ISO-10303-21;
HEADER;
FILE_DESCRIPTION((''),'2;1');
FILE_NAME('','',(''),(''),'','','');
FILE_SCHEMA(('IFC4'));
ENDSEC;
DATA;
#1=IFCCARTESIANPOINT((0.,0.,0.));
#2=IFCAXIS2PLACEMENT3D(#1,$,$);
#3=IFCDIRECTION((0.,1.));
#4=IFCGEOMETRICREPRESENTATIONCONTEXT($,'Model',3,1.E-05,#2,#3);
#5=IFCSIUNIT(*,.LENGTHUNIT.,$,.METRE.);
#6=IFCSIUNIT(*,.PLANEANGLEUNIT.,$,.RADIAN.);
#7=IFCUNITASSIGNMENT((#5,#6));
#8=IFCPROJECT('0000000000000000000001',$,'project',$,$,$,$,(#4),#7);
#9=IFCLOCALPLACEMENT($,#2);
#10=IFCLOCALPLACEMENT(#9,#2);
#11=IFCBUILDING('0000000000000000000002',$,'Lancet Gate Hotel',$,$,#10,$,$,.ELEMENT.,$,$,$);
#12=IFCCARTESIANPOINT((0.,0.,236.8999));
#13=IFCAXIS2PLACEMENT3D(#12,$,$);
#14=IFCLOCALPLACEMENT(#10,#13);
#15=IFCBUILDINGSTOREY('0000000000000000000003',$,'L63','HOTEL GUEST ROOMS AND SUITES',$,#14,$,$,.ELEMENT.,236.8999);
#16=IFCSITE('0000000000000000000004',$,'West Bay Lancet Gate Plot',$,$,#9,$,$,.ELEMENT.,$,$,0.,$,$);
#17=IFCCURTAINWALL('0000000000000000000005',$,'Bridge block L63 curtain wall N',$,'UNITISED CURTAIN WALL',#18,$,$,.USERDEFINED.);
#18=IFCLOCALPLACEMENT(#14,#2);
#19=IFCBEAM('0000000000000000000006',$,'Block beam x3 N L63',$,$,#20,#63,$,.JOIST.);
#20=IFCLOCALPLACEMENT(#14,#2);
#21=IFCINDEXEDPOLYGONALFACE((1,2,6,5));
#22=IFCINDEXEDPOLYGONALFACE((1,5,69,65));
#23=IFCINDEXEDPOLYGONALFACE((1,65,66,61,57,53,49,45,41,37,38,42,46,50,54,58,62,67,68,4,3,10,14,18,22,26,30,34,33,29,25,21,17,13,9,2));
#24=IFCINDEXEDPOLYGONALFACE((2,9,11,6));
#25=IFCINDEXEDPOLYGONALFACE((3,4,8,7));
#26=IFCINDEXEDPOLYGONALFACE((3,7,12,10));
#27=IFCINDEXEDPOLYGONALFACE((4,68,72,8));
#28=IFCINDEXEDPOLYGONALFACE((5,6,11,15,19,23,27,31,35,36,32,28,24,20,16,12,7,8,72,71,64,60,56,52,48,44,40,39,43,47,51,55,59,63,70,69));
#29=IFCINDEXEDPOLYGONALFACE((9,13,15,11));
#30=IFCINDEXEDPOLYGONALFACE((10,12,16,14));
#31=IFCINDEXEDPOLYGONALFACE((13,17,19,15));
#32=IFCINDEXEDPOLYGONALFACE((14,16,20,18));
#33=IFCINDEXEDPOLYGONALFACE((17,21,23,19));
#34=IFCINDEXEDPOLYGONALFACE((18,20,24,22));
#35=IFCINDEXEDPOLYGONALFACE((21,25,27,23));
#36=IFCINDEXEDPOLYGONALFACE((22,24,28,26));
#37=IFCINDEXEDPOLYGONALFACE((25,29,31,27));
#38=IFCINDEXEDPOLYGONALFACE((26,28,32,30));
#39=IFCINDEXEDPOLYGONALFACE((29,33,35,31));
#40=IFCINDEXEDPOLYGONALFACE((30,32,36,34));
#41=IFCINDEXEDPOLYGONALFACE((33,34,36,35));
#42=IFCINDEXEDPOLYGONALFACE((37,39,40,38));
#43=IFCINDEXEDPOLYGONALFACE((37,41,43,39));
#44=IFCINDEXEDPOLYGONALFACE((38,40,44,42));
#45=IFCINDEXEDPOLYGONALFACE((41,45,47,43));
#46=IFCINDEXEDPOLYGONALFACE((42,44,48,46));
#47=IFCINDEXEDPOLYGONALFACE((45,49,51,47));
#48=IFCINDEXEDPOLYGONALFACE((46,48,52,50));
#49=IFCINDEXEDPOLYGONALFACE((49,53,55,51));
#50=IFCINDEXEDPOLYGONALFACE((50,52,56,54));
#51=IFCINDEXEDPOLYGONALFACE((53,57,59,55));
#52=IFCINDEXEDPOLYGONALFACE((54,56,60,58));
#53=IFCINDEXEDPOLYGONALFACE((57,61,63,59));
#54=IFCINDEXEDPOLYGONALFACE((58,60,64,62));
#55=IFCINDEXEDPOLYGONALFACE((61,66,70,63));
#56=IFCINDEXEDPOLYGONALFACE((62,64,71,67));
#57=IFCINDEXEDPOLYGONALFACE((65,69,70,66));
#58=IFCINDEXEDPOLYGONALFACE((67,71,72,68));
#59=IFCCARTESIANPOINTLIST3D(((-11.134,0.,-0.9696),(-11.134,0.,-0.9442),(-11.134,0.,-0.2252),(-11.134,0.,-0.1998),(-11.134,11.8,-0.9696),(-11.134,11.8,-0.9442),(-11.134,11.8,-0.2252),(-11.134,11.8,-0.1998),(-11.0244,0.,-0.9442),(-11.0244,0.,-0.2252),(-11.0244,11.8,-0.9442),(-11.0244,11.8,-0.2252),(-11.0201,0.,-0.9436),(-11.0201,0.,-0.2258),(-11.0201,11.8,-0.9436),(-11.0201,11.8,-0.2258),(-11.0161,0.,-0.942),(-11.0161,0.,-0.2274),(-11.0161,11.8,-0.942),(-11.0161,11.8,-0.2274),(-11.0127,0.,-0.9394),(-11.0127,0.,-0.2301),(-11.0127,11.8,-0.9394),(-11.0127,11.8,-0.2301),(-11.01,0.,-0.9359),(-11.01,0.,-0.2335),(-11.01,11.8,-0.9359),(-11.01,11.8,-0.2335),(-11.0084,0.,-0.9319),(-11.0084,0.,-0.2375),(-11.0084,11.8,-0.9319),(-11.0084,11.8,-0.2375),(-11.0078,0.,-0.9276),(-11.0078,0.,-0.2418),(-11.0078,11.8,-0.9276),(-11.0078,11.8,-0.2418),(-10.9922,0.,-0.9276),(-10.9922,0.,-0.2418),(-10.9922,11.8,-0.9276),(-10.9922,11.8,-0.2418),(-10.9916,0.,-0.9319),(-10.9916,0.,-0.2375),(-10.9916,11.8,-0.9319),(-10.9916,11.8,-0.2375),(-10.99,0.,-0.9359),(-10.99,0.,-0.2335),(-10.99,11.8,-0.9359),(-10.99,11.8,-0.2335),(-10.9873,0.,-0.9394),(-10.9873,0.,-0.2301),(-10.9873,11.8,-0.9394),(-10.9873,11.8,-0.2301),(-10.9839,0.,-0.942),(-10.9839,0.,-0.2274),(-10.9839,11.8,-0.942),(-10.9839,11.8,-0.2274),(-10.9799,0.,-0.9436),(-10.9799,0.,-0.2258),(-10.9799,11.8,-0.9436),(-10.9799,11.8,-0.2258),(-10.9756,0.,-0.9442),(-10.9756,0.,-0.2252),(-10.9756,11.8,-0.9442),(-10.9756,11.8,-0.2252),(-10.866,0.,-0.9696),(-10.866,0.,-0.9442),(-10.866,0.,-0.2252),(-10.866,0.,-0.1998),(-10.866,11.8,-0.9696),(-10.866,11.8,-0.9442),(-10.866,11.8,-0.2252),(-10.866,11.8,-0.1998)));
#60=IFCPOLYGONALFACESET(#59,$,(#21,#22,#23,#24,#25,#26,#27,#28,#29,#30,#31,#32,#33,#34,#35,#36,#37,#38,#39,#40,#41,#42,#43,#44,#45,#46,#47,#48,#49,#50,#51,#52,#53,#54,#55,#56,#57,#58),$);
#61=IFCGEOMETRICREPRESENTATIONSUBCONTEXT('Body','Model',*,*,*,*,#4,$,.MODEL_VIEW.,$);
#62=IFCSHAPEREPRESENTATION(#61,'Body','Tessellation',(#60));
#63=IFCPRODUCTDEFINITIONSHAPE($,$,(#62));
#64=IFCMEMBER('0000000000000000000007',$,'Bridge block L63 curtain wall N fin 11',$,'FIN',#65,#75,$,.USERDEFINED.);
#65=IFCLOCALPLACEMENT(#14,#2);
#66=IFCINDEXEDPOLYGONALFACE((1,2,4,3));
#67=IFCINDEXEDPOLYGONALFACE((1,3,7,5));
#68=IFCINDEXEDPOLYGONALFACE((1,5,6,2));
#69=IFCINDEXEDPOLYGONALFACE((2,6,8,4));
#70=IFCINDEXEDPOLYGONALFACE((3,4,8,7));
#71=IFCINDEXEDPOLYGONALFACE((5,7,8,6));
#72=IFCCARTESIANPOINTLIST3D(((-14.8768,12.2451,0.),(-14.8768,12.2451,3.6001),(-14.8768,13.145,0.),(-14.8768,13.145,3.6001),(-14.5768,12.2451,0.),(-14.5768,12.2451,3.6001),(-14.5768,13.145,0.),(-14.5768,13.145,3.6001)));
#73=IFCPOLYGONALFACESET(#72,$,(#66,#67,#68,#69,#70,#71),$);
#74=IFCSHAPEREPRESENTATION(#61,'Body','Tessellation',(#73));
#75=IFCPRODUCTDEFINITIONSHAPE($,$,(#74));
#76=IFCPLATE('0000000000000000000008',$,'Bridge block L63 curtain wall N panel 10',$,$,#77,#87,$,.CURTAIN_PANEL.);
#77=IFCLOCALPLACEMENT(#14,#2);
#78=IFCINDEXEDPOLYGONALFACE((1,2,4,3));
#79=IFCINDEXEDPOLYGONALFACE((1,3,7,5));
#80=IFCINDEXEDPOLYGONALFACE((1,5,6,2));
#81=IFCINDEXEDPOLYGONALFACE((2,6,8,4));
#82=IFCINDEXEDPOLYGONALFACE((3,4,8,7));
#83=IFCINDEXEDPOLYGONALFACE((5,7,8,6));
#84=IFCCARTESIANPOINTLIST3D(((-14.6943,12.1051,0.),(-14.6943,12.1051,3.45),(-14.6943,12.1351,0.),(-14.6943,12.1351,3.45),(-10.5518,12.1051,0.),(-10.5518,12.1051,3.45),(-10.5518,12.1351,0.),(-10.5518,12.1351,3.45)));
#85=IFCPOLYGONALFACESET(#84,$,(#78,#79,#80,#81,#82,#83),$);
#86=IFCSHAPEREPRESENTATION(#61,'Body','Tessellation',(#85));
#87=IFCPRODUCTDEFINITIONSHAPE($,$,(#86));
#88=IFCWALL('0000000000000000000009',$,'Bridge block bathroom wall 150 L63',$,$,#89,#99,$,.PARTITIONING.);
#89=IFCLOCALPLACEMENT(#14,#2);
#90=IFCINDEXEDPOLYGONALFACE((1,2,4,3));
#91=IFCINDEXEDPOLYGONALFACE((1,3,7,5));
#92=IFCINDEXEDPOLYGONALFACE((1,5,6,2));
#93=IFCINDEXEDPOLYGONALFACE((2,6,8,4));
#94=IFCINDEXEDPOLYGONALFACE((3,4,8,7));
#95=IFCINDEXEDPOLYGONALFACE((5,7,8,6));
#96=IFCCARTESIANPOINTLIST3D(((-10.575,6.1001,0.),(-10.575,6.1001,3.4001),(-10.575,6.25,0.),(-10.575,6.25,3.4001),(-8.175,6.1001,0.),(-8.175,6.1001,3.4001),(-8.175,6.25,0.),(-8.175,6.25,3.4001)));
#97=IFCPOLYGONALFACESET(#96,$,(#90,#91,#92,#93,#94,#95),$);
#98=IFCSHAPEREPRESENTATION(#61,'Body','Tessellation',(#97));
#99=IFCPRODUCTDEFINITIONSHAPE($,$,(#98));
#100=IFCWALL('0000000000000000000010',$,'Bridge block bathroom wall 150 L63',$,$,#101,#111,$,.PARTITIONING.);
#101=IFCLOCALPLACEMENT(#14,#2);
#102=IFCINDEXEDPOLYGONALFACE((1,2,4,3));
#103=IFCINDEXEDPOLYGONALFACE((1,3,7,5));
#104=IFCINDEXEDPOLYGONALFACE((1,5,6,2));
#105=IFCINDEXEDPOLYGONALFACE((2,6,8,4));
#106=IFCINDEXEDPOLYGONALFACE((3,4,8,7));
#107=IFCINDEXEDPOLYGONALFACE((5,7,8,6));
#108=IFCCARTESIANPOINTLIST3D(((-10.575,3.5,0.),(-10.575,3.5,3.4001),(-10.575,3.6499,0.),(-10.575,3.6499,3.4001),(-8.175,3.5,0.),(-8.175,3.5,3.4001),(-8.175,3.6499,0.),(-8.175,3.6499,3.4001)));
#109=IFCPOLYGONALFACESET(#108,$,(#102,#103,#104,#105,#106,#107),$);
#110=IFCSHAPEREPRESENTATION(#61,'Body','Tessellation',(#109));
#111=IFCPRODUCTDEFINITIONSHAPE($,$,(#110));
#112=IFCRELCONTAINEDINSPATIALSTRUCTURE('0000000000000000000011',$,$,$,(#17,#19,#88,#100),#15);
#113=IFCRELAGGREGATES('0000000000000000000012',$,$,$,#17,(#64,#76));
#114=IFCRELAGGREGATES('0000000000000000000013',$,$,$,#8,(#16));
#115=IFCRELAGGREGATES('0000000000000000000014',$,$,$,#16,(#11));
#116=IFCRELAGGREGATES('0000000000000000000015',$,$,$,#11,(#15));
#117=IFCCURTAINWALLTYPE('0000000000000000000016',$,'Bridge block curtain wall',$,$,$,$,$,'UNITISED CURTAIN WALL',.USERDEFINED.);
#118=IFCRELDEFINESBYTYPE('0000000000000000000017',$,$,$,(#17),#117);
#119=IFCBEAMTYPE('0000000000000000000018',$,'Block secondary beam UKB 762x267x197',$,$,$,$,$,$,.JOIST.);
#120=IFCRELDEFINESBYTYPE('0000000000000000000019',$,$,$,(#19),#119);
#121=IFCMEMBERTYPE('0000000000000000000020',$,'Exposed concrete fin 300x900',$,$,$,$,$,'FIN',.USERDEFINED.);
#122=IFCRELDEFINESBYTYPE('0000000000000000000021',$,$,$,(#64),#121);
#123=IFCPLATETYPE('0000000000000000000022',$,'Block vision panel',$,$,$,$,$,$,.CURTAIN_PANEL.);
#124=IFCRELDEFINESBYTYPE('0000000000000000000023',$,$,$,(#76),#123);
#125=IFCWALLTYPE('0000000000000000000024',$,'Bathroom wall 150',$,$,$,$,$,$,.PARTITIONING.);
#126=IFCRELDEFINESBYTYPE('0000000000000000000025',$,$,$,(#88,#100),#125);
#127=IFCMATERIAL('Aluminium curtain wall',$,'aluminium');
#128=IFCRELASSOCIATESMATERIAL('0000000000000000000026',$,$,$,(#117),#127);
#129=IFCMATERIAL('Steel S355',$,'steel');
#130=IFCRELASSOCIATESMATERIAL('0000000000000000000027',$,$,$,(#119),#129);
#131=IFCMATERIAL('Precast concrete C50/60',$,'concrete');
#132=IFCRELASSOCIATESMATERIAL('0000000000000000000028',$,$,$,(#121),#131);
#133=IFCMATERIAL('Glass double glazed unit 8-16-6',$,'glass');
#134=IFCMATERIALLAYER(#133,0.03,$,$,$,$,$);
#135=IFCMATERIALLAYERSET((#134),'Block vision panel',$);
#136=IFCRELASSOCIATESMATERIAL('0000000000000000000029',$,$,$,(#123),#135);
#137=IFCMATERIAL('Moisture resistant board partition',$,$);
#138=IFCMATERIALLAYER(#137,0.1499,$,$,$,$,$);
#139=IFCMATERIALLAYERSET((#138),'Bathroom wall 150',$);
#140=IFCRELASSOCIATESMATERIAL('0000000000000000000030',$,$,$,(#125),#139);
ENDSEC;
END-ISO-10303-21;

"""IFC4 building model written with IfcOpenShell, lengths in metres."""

from ifc_helpers import new_model, si_unit, direction, frame, frame_2d, origin, origin_2d, place, context, subcontext, project, spatial, rectangle, i_section, extrude, material, layer, layer_set, material_profile, profile_set, type_object, element, aggregate, save


model = new_model("IFC4")

# Units and contexts
model_context = context("Model", 3, precision=1e-05, world=origin(), true_north=direction((0.0, 1.0)))
body_context = subcontext(model_context, "Body", "Model", "MODEL_VIEW")
ifc_project = project(units=[si_unit("LENGTHUNIT", "METRE"), si_unit("PLANEANGLEUNIT", "RADIAN")], contexts=[model_context])

# Site, building, storey
site_placement = place(None, origin())
site = spatial("IfcSite", under=ifc_project, at=site_placement, Name="West Bay Lancet Gate Plot", CompositionType="ELEMENT", RefElevation=0.0)
building_placement = place(site_placement, origin())
building = spatial("IfcBuilding", under=site, at=building_placement, Name="Lancet Gate Hotel", CompositionType="ELEMENT")
storey_placement = place(building_placement, frame((0.0, 0.0, 236.8999)))
storey = spatial("IfcBuildingStorey", under=building, at=storey_placement, Name="L63", Description="HOTEL GUEST ROOMS AND SUITES", CompositionType="ELEMENT", Elevation=236.8999)

# Curtain wall
ifc_material_1 = material(Name="Aluminium curtain wall", Category="aluminium")
curtain_wall_type = type_object("IfcCurtainWallType", Name="Bridge block curtain wall", ElementType="UNITISED CURTAIN WALL", PredefinedType="USERDEFINED", material=ifc_material_1)
curtain_wall_placement = place(storey_placement, origin())
curtain_wall = element("IfcCurtainWall", 1, at=curtain_wall_placement, inside=storey, type_object=curtain_wall_type, Name="Bridge block L63 curtain wall N", ObjectType="UNITISED CURTAIN WALL", PredefinedType="USERDEFINED")

# Beam
ifc_material_2 = material(Name="Steel S355", Category="steel")
ifc_material_profile_1 = material_profile(ifc_material_2, i_section(OverallWidth=0.2681, OverallDepth=0.7698, WebThickness=0.0156, FlangeThickness=0.0254, FilletRadius=0.0166, at=origin_2d()), Name="UKB 762x267x197")
ifc_profile_set_1 = profile_set([ifc_material_profile_1], Name="Steel S355")
beam_type_1 = type_object("IfcBeamType", Name="Block secondary beam UKB 762x267x197", PredefinedType="JOIST", material=ifc_profile_set_1)
beam_placement = place(storey_placement, frame((-11.0, 0.0, -0.5847), z_axis=(0.0, 1.0, 0.0), x_axis=(-1.0, 0.0, 0.0)))
element("IfcBeam", 2, at=beam_placement, inside=storey, type_object=beam_type_1, Name="Block beam x3 N L63", PredefinedType="JOIST", context=body_context, shape_type="SweptSolid", body=[
    extrude(i_section(OverallWidth=0.2681, OverallDepth=0.7698, WebThickness=0.0156, FlangeThickness=0.0254, FilletRadius=0.0166, at=origin_2d()), origin(), (0.0, 0.0, 1.0), 11.8),
])

# Member
ifc_material_3 = material(Name="Precast concrete C50/60", Category="concrete")
ifc_material_profile_2 = material_profile(ifc_material_3, rectangle(XDim=0.3, YDim=0.8999, at=origin_2d()), Name="FIN 300x900")
ifc_profile_set_2 = profile_set([ifc_material_profile_2], Name="Precast concrete C50/60")
member_type_1 = type_object("IfcMemberType", Name="Exposed concrete fin 300x900", ElementType="FIN", PredefinedType="USERDEFINED", material=ifc_profile_set_2)
member_1_placement = place(storey_placement, frame((-14.7268, 12.6951, 0.0), z_axis=(0.0, 0.0, 1.0), x_axis=(-1.0, 0.0, 0.0)))
member_1 = element("IfcMember", 3, at=member_1_placement, type_object=member_type_1, Name="Bridge block L63 curtain wall N fin 11", ObjectType="FIN", PredefinedType="USERDEFINED", context=body_context, shape_type="SweptSolid", body=[
    extrude(rectangle(XDim=0.3, YDim=0.8999, at=origin_2d()), origin(), (0.0, 0.0, 1.0), 3.6001),
])

# Plate
ifc_material_4 = material(Name="Glass double glazed unit 8-16-6", Category="glass")
ifc_layer_1 = layer(ifc_material_4, 0.03)
ifc_layer_set_1 = layer_set([ifc_layer_1], Name="Block vision panel")
plate_type = type_object("IfcPlateType", Name="Block vision panel", PredefinedType="CURTAIN_PANEL", material=ifc_layer_set_1)
plate_placement = place(storey_placement, frame((-12.623, 12.1201, 0.0), z_axis=(0.0, 0.0, 1.0), x_axis=(-1.0, 0.0, 0.0)))
plate = element("IfcPlate", 4, at=plate_placement, type_object=plate_type, Name="Bridge block L63 curtain wall N panel 10", PredefinedType="CURTAIN_PANEL", context=body_context, shape_type="SweptSolid", body=[
    extrude(rectangle(XDim=4.1426, YDim=0.03, at=origin_2d()), origin(), (0.0, 0.0, 1.0), 3.45),
])
aggregate(curtain_wall, [member_1, plate])

# Walls
ifc_material_5 = material(Name="Moisture resistant board partition")
ifc_layer_2 = layer(ifc_material_5, 0.1499)
ifc_layer_set_2 = layer_set([ifc_layer_2], Name="Bathroom wall 150")
wall_type_1 = type_object("IfcWallType", Name="Bathroom wall 150", PredefinedType="PARTITIONING", material=ifc_layer_set_2)
for number, where, z_axis, x_axis, name in (
    (5, (-10.575, 6.175, 0.0), (0.0, 0.0, 1.0), (1.0, 0.0, 0.0), "Bridge block bathroom wall 150 L63"),
    (6, (-10.575, 3.575, 0.0), (0.0, 0.0, 1.0), (1.0, 0.0, 0.0), "Bridge block bathroom wall 150 L63"),
):
    element("IfcWall", number, at=place(storey_placement, frame(where, z_axis=z_axis, x_axis=x_axis)), inside=storey, type_object=wall_type_1, Name=name, PredefinedType="PARTITIONING", context=body_context, shape_type="SweptSolid", body=[
        extrude(rectangle(XDim=2.3999, YDim=0.1499, at=frame_2d((1.2, 0.0))), origin(), (0.0, 0.0, 1.0), 3.4001),
    ])

save(model, "model.ifc")
